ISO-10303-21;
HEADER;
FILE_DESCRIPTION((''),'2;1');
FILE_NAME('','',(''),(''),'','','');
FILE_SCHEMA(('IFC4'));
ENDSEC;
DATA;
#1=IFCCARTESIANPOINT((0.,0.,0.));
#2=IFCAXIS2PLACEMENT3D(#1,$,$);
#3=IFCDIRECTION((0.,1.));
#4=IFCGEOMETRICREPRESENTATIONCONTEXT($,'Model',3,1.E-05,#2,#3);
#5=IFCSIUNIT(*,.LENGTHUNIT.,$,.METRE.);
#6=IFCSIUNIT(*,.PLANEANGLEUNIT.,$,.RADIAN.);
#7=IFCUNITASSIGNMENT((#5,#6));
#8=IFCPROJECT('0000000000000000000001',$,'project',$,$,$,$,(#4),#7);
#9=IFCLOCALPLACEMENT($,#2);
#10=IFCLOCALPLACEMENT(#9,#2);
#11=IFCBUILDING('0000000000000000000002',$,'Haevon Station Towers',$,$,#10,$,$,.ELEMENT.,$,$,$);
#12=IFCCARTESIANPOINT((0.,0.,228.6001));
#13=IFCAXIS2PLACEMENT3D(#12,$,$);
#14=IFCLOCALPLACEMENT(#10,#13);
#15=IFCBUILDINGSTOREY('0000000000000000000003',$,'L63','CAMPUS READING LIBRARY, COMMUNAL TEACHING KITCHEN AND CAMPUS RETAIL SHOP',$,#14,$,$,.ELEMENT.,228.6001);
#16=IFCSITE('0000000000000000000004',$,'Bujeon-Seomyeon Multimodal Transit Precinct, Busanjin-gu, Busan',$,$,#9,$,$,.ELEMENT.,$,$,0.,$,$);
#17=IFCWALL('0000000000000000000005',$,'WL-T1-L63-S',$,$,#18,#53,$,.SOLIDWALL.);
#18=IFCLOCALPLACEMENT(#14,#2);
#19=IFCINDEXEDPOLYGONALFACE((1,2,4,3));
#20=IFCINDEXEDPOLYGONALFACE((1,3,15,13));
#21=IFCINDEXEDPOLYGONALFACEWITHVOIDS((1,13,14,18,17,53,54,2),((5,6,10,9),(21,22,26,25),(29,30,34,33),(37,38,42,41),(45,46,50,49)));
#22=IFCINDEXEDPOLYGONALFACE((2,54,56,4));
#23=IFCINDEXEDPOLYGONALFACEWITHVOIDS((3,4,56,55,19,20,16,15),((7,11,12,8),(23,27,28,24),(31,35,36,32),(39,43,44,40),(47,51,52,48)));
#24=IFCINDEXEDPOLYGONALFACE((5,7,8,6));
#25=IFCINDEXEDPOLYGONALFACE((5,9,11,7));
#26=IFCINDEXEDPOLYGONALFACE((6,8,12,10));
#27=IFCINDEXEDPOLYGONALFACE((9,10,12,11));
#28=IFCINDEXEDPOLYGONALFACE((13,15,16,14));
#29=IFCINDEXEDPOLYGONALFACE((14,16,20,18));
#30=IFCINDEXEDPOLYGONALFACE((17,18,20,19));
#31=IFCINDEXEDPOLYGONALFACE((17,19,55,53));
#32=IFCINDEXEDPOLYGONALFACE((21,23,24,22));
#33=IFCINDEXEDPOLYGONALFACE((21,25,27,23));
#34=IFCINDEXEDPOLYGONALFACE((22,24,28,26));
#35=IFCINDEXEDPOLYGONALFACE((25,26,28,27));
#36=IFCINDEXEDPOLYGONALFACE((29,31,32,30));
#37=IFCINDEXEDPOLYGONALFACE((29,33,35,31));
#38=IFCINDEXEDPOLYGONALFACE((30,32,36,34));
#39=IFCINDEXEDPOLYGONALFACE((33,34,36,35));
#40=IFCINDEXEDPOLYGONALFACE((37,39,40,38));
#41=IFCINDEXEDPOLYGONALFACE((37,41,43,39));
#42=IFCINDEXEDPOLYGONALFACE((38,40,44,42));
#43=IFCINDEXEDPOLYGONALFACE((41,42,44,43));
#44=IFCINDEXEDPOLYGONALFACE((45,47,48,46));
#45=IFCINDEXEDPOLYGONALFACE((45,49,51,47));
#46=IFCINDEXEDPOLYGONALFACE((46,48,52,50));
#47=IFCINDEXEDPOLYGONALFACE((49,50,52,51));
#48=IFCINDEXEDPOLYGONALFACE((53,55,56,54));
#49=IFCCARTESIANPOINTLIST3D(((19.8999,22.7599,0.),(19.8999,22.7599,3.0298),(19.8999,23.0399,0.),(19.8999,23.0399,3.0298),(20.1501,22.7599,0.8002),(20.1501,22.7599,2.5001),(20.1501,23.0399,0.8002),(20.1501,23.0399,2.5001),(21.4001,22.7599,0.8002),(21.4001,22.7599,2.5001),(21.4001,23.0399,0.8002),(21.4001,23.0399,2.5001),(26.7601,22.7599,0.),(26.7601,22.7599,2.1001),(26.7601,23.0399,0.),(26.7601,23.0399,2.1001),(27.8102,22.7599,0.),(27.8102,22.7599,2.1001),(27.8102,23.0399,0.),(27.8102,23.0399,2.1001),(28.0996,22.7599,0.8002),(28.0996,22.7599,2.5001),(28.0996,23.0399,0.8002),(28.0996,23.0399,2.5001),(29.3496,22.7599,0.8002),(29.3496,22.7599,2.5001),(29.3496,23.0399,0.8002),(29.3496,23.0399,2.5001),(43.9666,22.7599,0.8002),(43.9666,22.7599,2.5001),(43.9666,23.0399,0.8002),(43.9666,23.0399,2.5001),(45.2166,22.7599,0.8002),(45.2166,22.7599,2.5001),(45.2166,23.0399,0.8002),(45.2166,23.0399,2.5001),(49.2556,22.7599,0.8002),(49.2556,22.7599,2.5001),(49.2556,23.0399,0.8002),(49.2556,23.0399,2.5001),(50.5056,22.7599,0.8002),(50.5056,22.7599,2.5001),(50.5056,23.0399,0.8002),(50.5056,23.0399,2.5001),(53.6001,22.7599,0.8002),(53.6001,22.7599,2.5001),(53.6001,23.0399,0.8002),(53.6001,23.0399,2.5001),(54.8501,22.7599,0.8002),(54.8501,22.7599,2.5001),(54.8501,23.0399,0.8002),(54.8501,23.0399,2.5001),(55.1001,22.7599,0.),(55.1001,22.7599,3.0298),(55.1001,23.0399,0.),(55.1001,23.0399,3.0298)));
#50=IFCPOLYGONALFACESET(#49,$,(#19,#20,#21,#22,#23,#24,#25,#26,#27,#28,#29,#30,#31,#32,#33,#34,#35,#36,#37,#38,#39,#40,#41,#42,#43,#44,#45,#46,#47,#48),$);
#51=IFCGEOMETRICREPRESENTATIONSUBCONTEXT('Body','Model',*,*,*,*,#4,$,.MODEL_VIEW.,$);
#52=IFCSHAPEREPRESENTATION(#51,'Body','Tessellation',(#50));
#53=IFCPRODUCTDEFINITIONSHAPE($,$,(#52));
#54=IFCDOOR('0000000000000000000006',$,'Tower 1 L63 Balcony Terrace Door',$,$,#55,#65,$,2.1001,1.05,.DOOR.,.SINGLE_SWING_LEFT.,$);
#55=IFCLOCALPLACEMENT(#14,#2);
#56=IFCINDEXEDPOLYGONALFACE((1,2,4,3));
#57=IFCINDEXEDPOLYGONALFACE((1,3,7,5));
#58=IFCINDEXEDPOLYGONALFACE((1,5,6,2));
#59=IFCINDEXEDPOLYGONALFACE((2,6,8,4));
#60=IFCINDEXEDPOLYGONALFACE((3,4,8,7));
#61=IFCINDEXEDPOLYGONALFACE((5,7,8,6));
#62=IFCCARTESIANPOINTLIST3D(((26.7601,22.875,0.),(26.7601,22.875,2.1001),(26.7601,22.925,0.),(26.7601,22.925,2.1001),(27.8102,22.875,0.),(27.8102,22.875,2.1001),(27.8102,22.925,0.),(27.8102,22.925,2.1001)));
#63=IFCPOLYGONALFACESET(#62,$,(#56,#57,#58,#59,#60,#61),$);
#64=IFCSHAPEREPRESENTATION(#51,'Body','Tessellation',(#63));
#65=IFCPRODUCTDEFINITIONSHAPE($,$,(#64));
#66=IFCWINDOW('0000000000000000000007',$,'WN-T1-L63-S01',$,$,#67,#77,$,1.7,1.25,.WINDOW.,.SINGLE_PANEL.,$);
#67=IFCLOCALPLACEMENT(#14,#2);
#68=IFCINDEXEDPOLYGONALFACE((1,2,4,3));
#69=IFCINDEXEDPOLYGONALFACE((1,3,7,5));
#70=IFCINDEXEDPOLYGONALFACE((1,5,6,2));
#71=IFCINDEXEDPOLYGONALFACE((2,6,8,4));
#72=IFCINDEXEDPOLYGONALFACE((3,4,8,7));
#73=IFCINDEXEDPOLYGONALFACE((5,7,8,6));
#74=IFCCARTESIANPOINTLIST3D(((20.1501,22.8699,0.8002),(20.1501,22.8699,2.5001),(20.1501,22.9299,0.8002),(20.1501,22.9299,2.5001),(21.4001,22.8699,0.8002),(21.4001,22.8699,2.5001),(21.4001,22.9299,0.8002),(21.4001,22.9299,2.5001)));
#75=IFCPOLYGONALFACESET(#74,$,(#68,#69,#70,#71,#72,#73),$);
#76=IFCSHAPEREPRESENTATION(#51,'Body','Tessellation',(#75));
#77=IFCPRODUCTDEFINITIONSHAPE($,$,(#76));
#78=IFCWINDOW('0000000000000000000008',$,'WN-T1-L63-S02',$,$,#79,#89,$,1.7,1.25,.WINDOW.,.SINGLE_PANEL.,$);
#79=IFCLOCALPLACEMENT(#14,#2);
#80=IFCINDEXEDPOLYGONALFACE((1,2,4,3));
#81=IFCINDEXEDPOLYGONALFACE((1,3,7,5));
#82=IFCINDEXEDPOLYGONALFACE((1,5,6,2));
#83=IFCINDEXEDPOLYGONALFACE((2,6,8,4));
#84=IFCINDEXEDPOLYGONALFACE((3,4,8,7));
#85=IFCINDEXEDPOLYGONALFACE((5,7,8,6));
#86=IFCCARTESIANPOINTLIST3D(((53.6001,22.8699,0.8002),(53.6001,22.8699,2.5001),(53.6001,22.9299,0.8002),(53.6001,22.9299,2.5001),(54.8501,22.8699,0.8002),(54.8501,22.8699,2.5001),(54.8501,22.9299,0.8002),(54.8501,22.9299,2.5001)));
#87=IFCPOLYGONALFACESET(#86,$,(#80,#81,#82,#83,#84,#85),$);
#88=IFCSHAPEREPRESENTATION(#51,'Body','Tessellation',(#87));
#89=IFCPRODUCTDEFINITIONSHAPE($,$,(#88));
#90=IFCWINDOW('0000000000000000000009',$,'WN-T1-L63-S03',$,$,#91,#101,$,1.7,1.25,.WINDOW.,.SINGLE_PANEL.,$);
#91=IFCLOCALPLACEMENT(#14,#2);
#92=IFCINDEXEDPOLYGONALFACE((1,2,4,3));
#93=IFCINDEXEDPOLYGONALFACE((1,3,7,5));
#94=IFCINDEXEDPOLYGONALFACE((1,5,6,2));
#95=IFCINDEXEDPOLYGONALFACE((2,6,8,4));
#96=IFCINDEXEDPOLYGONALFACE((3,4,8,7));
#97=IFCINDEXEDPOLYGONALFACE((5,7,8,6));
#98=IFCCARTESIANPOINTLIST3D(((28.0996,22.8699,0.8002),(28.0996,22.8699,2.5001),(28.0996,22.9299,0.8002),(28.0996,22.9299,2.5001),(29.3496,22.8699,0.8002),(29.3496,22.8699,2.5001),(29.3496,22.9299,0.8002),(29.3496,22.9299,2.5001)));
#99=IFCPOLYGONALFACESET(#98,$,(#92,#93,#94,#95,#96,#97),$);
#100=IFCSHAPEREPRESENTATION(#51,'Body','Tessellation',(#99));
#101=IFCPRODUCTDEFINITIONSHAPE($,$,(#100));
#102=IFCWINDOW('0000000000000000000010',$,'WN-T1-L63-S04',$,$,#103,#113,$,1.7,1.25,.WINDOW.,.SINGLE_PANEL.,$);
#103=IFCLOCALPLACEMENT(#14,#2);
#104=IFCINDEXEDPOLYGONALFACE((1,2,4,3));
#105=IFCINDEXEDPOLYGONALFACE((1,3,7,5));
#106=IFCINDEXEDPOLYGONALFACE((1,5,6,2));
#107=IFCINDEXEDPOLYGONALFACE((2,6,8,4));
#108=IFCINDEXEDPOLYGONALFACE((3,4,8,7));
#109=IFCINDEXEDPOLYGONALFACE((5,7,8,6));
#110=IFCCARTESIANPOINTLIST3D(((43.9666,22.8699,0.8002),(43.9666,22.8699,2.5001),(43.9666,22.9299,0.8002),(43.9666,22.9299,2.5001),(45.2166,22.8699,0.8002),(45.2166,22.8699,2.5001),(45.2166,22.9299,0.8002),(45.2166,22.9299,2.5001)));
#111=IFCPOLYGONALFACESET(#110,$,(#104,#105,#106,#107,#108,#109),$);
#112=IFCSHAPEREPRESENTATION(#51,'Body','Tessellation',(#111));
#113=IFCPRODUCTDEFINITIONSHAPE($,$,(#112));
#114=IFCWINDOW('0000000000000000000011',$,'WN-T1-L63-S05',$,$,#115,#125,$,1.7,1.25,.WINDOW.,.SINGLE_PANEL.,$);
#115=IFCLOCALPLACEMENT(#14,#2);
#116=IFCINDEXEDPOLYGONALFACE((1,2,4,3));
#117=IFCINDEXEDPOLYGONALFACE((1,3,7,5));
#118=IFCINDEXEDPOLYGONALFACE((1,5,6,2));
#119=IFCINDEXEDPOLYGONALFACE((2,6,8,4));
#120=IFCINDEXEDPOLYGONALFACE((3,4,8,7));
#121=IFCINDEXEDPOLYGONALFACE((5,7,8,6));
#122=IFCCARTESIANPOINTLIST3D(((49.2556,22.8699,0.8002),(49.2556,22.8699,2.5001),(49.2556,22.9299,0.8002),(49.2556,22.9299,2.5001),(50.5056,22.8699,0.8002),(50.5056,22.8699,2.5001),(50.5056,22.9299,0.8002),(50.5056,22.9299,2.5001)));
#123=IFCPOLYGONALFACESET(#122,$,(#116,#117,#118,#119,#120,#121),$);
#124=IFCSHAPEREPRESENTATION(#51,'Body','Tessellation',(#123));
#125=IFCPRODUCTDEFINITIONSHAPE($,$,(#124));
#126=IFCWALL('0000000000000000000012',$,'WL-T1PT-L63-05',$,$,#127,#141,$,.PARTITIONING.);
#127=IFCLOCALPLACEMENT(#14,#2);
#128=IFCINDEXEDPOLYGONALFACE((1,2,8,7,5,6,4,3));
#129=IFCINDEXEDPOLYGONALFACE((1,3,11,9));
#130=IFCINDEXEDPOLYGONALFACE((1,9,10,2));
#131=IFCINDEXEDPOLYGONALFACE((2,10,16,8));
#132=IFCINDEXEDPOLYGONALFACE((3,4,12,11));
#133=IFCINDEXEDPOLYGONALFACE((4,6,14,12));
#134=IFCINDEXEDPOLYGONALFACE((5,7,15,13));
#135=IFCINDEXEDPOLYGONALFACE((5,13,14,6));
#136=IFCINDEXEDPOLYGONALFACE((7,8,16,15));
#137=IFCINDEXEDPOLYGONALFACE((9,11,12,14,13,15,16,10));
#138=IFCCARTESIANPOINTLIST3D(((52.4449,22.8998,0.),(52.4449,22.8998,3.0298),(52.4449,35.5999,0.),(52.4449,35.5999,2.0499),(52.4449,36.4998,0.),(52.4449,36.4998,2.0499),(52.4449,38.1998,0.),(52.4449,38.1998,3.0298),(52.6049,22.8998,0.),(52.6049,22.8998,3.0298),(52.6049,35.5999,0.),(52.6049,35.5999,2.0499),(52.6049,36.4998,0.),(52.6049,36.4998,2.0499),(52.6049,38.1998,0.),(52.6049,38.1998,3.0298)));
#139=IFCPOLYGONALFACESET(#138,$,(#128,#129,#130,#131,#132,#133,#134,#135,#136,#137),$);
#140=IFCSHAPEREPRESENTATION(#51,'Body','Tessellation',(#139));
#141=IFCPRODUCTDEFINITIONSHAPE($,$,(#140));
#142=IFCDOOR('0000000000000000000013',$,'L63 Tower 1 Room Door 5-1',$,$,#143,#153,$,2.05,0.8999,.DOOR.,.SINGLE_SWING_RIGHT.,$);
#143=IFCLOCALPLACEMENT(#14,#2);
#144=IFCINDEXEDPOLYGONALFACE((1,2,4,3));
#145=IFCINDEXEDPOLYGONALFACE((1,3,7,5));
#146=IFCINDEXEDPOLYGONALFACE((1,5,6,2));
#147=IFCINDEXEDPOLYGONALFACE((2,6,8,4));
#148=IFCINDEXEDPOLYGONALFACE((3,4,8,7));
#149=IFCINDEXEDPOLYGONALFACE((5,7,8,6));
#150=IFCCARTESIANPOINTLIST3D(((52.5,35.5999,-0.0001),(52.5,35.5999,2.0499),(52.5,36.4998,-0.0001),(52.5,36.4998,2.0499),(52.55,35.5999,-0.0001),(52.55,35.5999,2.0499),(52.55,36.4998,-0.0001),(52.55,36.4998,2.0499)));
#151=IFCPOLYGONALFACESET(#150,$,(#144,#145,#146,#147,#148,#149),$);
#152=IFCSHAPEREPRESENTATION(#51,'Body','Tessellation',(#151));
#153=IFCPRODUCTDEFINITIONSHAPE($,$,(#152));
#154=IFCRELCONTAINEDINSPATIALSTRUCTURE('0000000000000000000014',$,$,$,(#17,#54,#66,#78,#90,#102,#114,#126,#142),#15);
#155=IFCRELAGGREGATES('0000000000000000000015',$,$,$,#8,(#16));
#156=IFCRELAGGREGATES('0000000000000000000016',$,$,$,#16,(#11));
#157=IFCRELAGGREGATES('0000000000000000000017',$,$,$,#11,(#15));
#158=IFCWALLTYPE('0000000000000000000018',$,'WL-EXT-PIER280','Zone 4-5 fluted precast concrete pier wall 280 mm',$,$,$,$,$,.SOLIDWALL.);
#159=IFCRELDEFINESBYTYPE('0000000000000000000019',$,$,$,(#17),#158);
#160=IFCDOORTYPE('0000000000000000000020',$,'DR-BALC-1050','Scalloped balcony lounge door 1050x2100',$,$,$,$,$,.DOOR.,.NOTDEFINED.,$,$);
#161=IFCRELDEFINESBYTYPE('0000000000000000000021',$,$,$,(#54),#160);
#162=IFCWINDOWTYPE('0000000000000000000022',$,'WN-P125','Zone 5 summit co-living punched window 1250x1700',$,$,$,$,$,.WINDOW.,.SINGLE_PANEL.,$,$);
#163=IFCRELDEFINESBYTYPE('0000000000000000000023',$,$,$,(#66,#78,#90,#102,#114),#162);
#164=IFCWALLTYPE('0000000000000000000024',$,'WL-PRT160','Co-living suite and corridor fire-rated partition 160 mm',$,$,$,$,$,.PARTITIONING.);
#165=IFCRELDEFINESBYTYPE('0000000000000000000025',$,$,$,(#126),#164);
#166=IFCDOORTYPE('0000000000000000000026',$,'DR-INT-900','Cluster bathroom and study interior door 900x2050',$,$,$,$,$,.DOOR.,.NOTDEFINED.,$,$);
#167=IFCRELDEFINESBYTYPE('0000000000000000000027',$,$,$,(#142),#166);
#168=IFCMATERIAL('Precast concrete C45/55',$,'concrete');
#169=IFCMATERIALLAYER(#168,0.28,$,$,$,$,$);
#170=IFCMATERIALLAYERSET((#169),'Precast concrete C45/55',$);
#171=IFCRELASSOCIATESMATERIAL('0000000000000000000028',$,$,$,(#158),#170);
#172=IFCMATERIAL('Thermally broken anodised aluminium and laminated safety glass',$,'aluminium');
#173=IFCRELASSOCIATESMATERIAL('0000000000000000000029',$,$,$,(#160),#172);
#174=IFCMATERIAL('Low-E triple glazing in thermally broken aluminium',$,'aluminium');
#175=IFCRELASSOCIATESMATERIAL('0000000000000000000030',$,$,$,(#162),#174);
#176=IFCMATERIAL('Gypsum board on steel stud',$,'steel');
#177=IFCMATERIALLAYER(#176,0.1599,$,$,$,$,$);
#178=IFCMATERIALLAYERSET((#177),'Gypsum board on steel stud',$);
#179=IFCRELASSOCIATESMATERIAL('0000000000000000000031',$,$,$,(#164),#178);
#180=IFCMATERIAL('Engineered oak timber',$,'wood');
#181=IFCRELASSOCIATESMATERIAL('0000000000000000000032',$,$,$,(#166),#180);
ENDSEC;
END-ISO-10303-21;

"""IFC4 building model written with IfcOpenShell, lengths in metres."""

from ifc_helpers import new_model, si_unit, direction, frame, frame_2d, origin, place, context, subcontext, project, spatial, rectangle, extrude, material, layer, layer_set, type_object, element, fill, save


model = new_model("IFC4")

# Units and contexts
model_context = context("Model", 3, precision=1e-05, world=origin(), true_north=direction((0.0, 1.0)))
body_context = subcontext(model_context, "Body", "Model", "MODEL_VIEW")
ifc_project = project(units=[si_unit("LENGTHUNIT", "METRE"), si_unit("PLANEANGLEUNIT", "RADIAN")], contexts=[model_context])

# Site, building, storey
site_placement = place(None, origin())
site = spatial("IfcSite", under=ifc_project, at=site_placement, Name="Bujeon-Seomyeon Multimodal Transit Precinct, Busanjin-gu, Busan", CompositionType="ELEMENT", RefElevation=0.0)
building_placement = place(site_placement, origin())
building = spatial("IfcBuilding", under=site, at=building_placement, Name="Haevon Station Towers", CompositionType="ELEMENT")
storey_placement = place(building_placement, frame((0.0, 0.0, 228.6001)))
storey = spatial("IfcBuildingStorey", under=building, at=storey_placement, Name="L63", Description="CAMPUS READING LIBRARY, COMMUNAL TEACHING KITCHEN AND CAMPUS RETAIL SHOP", CompositionType="ELEMENT", Elevation=228.6001)

# Shared definitions
ifc_material_1 = material(Name="Gypsum board on steel stud", Category="steel")

# Wall, openings, door, windows
ifc_material_2 = material(Name="Precast concrete C45/55", Category="concrete")
ifc_layer_1 = layer(ifc_material_2, 0.28)
ifc_layer_set_1 = layer_set([ifc_layer_1], Name="Precast concrete C45/55")
wall_type_1 = type_object("IfcWallType", Name="WL-EXT-PIER280", Description="Zone 4-5 fluted precast concrete pier wall 280 mm", PredefinedType="SOLIDWALL", material=ifc_layer_set_1)
wall_1_placement = place(storey_placement, frame((55.1001, 22.8999, 0.0), z_axis=(0.0, 0.0, 1.0), x_axis=(-1.0, 0.0, 0.0)))
wall_1 = element("IfcWall", 1, at=wall_1_placement, inside=storey, type_object=wall_type_1, Name="WL-T1-L63-S", PredefinedType="SOLIDWALL", context=body_context, shape_type="SweptSolid", body=[
    extrude(rectangle(XDim=35.2002, YDim=0.28, at=frame_2d((17.6001, 0.0))), origin(), (0.0, 0.0, 1.0), 3.0298),
])
opening_1_placement = place(wall_1_placement, frame((27.29, 0.0, 0.0)))
opening_1 = element("IfcOpeningElement", 2, at=opening_1_placement, cuts=wall_1, PredefinedType="OPENING", context=body_context, shape_type="SweptSolid", body=[
    extrude(rectangle(XDim=1.05, YDim=2.1001, at=frame_2d((0.5249, 1.05))), frame((0.0, 0.1499, 0.0), z_axis=(0.0, -1.0, 0.0), x_axis=(1.0, 0.0, 0.0)), (0.0, 0.0, 1.0), 0.3),
])
opening_2_placement = place(wall_1_placement, frame((33.7, 0.0, 0.8)))
opening_2 = element("IfcOpeningElement", 3, at=opening_2_placement, cuts=wall_1, PredefinedType="OPENING", context=body_context, shape_type="SweptSolid", body=[
    extrude(rectangle(XDim=1.25, YDim=1.7, at=frame_2d((0.625, 0.8501))), frame((0.0, 0.1499, 0.0), z_axis=(0.0, -1.0, 0.0), x_axis=(1.0, 0.0, 0.0)), (0.0, 0.0, 1.0), 0.3),
])
opening_3_placement = place(wall_1_placement, frame((0.25, 0.0, 0.8)))
opening_3 = element("IfcOpeningElement", 4, at=opening_3_placement, cuts=wall_1, PredefinedType="OPENING", context=body_context, shape_type="SweptSolid", body=[
    extrude(rectangle(XDim=1.25, YDim=1.7, at=frame_2d((0.625, 0.8501))), frame((0.0, 0.1499, 0.0), z_axis=(0.0, -1.0, 0.0), x_axis=(1.0, 0.0, 0.0)), (0.0, 0.0, 1.0), 0.3),
])
opening_4_placement = place(wall_1_placement, frame((25.7505, 0.0, 0.8)))
opening_4 = element("IfcOpeningElement", 5, at=opening_4_placement, cuts=wall_1, PredefinedType="OPENING", context=body_context, shape_type="SweptSolid", body=[
    extrude(rectangle(XDim=1.25, YDim=1.7, at=frame_2d((0.625, 0.8501))), frame((0.0, 0.1499, 0.0), z_axis=(0.0, -1.0, 0.0), x_axis=(1.0, 0.0, 0.0)), (0.0, 0.0, 1.0), 0.3),
])
opening_5_placement = place(wall_1_placement, frame((9.8835, 0.0, 0.8)))
opening_5 = element("IfcOpeningElement", 6, at=opening_5_placement, cuts=wall_1, PredefinedType="OPENING", context=body_context, shape_type="SweptSolid", body=[
    extrude(rectangle(XDim=1.25, YDim=1.7, at=frame_2d((0.625, 0.8501))), frame((0.0, 0.1499, 0.0), z_axis=(0.0, -1.0, 0.0), x_axis=(1.0, 0.0, 0.0)), (0.0, 0.0, 1.0), 0.3),
])
opening_6_placement = place(wall_1_placement, frame((4.5945, 0.0, 0.8)))
opening_6 = element("IfcOpeningElement", 7, at=opening_6_placement, cuts=wall_1, PredefinedType="OPENING", context=body_context, shape_type="SweptSolid", body=[
    extrude(rectangle(XDim=1.25, YDim=1.7, at=frame_2d((0.625, 0.8501))), frame((0.0, 0.1499, 0.0), z_axis=(0.0, -1.0, 0.0), x_axis=(1.0, 0.0, 0.0)), (0.0, 0.0, 1.0), 0.3),
])
ifc_material_3 = material(Name="Thermally broken anodised aluminium and laminated safety glass", Category="aluminium")
door_type_1 = type_object("IfcDoorType", Name="DR-BALC-1050", Description="Scalloped balcony lounge door 1050x2100", OperationType="NOTDEFINED", PredefinedType="DOOR", material=ifc_material_3)
door_1_placement = place(opening_1_placement, origin())
door_1 = element("IfcDoor", 8, at=door_1_placement, inside=storey, type_object=door_type_1, Name="Tower 1 L63 Balcony Terrace Door", OperationType="SINGLE_SWING_LEFT", OverallHeight=2.1001, OverallWidth=1.05, PredefinedType="DOOR", context=body_context, shape_type="SweptSolid", body=[
    extrude(rectangle(XDim=1.05, YDim=2.1001, at=frame_2d((0.5249, 1.05))), frame((0.0, 0.0249, 0.0), z_axis=(0.0, -1.0, 0.0), x_axis=(1.0, 0.0, 0.0)), (0.0, 0.0, 1.0), 0.05),
])
fill(opening_1, door_1)
ifc_material_4 = material(Name="Low-E triple glazing in thermally broken aluminium", Category="aluminium")
window_type = type_object("IfcWindowType", Name="WN-P125", Description="Zone 5 summit co-living punched window 1250x1700", PartitioningType="SINGLE_PANEL", PredefinedType="WINDOW", material=ifc_material_4)
window_1_placement = place(opening_2_placement, origin())
window_1 = element("IfcWindow", 9, at=window_1_placement, inside=storey, type_object=window_type, Name="WN-T1-L63-S01", OverallHeight=1.7, OverallWidth=1.25, PartitioningType="SINGLE_PANEL", PredefinedType="WINDOW", context=body_context, shape_type="SweptSolid", body=[
    extrude(rectangle(XDim=1.25, YDim=1.7, at=frame_2d((0.625, 0.8501))), frame((0.0, 0.03, 0.0), z_axis=(0.0, -1.0, 0.0), x_axis=(1.0, 0.0, 0.0)), (0.0, 0.0, 1.0), 0.0601),
])
fill(opening_2, window_1)
window_2_placement = place(opening_3_placement, origin())
window_2 = element("IfcWindow", 10, at=window_2_placement, inside=storey, type_object=window_type, Name="WN-T1-L63-S02", OverallHeight=1.7, OverallWidth=1.25, PartitioningType="SINGLE_PANEL", PredefinedType="WINDOW", context=body_context, shape_type="SweptSolid", body=[
    extrude(rectangle(XDim=1.25, YDim=1.7, at=frame_2d((0.625, 0.8501))), frame((0.0, 0.03, 0.0), z_axis=(0.0, -1.0, 0.0), x_axis=(1.0, 0.0, 0.0)), (0.0, 0.0, 1.0), 0.0601),
])
fill(opening_3, window_2)
window_3_placement = place(opening_4_placement, origin())
window_3 = element("IfcWindow", 11, at=window_3_placement, inside=storey, type_object=window_type, Name="WN-T1-L63-S03", OverallHeight=1.7, OverallWidth=1.25, PartitioningType="SINGLE_PANEL", PredefinedType="WINDOW", context=body_context, shape_type="SweptSolid", body=[
    extrude(rectangle(XDim=1.25, YDim=1.7, at=frame_2d((0.625, 0.8501))), frame((0.0, 0.03, 0.0), z_axis=(0.0, -1.0, 0.0), x_axis=(1.0, 0.0, 0.0)), (0.0, 0.0, 1.0), 0.0601),
])
fill(opening_4, window_3)
window_4_placement = place(opening_5_placement, origin())
window_4 = element("IfcWindow", 12, at=window_4_placement, inside=storey, type_object=window_type, Name="WN-T1-L63-S04", OverallHeight=1.7, OverallWidth=1.25, PartitioningType="SINGLE_PANEL", PredefinedType="WINDOW", context=body_context, shape_type="SweptSolid", body=[
    extrude(rectangle(XDim=1.25, YDim=1.7, at=frame_2d((0.625, 0.8501))), frame((0.0, 0.03, 0.0), z_axis=(0.0, -1.0, 0.0), x_axis=(1.0, 0.0, 0.0)), (0.0, 0.0, 1.0), 0.0601),
])
fill(opening_5, window_4)
window_5_placement = place(opening_6_placement, origin())
window_5 = element("IfcWindow", 13, at=window_5_placement, inside=storey, type_object=window_type, Name="WN-T1-L63-S05", OverallHeight=1.7, OverallWidth=1.25, PartitioningType="SINGLE_PANEL", PredefinedType="WINDOW", context=body_context, shape_type="SweptSolid", body=[
    extrude(rectangle(XDim=1.25, YDim=1.7, at=frame_2d((0.625, 0.8501))), frame((0.0, 0.03, 0.0), z_axis=(0.0, -1.0, 0.0), x_axis=(1.0, 0.0, 0.0)), (0.0, 0.0, 1.0), 0.0601),
])
fill(opening_6, window_5)

# Wall, opening, door
ifc_layer_2 = layer(ifc_material_1, 0.1599)
ifc_layer_set_2 = layer_set([ifc_layer_2], Name="Gypsum board on steel stud")
wall_type_2 = type_object("IfcWallType", Name="WL-PRT160", Description="Co-living suite and corridor fire-rated partition 160 mm", PredefinedType="PARTITIONING", material=ifc_layer_set_2)
wall_2_placement = place(storey_placement, frame((52.5249, 22.8999, 0.0), z_axis=(0.0, 0.0, 1.0), x_axis=(0.0, 1.0, 0.0)))
wall_2 = element("IfcWall", 14, at=wall_2_placement, inside=storey, type_object=wall_type_2, Name="WL-T1PT-L63-05", PredefinedType="PARTITIONING", context=body_context, shape_type="SweptSolid", body=[
    extrude(rectangle(XDim=15.3, YDim=0.1599, at=frame_2d((7.6499, 0.0))), origin(), (0.0, 0.0, 1.0), 3.0298),
])
opening_7_placement = place(wall_2_placement, frame((12.7, 0.0, 0.0)))
opening_7 = element("IfcOpeningElement", 15, at=opening_7_placement, cuts=wall_2, PredefinedType="OPENING", context=body_context, shape_type="SweptSolid", body=[
    extrude(rectangle(XDim=0.8999, YDim=2.05, at=frame_2d((0.45, 1.0249))), frame((0.0, 0.0898, 0.0), z_axis=(0.0, -1.0, 0.0), x_axis=(1.0, 0.0, 0.0)), (0.0, 0.0, 1.0), 0.1799),
])
ifc_material_5 = material(Name="Engineered oak timber", Category="wood")
door_type_2 = type_object("IfcDoorType", Name="DR-INT-900", Description="Cluster bathroom and study interior door 900x2050", OperationType="NOTDEFINED", PredefinedType="DOOR", material=ifc_material_5)
door_2_placement = place(opening_7_placement, origin())
door_2 = element("IfcDoor", 16, at=door_2_placement, inside=storey, type_object=door_type_2, Name="L63 Tower 1 Room Door 5-1", OperationType="SINGLE_SWING_RIGHT", OverallHeight=2.05, OverallWidth=0.8999, PredefinedType="DOOR", context=body_context, shape_type="SweptSolid", body=[
    extrude(rectangle(XDim=0.8999, YDim=2.05, at=frame_2d((0.45, 1.0249))), frame((0.0, 0.0249, 0.0), z_axis=(0.0, -1.0, 0.0), x_axis=(1.0, 0.0, 0.0)), (0.0, 0.0, 1.0), 0.05),
])
fill(opening_7, door_2)

save(model, "model.ifc")
